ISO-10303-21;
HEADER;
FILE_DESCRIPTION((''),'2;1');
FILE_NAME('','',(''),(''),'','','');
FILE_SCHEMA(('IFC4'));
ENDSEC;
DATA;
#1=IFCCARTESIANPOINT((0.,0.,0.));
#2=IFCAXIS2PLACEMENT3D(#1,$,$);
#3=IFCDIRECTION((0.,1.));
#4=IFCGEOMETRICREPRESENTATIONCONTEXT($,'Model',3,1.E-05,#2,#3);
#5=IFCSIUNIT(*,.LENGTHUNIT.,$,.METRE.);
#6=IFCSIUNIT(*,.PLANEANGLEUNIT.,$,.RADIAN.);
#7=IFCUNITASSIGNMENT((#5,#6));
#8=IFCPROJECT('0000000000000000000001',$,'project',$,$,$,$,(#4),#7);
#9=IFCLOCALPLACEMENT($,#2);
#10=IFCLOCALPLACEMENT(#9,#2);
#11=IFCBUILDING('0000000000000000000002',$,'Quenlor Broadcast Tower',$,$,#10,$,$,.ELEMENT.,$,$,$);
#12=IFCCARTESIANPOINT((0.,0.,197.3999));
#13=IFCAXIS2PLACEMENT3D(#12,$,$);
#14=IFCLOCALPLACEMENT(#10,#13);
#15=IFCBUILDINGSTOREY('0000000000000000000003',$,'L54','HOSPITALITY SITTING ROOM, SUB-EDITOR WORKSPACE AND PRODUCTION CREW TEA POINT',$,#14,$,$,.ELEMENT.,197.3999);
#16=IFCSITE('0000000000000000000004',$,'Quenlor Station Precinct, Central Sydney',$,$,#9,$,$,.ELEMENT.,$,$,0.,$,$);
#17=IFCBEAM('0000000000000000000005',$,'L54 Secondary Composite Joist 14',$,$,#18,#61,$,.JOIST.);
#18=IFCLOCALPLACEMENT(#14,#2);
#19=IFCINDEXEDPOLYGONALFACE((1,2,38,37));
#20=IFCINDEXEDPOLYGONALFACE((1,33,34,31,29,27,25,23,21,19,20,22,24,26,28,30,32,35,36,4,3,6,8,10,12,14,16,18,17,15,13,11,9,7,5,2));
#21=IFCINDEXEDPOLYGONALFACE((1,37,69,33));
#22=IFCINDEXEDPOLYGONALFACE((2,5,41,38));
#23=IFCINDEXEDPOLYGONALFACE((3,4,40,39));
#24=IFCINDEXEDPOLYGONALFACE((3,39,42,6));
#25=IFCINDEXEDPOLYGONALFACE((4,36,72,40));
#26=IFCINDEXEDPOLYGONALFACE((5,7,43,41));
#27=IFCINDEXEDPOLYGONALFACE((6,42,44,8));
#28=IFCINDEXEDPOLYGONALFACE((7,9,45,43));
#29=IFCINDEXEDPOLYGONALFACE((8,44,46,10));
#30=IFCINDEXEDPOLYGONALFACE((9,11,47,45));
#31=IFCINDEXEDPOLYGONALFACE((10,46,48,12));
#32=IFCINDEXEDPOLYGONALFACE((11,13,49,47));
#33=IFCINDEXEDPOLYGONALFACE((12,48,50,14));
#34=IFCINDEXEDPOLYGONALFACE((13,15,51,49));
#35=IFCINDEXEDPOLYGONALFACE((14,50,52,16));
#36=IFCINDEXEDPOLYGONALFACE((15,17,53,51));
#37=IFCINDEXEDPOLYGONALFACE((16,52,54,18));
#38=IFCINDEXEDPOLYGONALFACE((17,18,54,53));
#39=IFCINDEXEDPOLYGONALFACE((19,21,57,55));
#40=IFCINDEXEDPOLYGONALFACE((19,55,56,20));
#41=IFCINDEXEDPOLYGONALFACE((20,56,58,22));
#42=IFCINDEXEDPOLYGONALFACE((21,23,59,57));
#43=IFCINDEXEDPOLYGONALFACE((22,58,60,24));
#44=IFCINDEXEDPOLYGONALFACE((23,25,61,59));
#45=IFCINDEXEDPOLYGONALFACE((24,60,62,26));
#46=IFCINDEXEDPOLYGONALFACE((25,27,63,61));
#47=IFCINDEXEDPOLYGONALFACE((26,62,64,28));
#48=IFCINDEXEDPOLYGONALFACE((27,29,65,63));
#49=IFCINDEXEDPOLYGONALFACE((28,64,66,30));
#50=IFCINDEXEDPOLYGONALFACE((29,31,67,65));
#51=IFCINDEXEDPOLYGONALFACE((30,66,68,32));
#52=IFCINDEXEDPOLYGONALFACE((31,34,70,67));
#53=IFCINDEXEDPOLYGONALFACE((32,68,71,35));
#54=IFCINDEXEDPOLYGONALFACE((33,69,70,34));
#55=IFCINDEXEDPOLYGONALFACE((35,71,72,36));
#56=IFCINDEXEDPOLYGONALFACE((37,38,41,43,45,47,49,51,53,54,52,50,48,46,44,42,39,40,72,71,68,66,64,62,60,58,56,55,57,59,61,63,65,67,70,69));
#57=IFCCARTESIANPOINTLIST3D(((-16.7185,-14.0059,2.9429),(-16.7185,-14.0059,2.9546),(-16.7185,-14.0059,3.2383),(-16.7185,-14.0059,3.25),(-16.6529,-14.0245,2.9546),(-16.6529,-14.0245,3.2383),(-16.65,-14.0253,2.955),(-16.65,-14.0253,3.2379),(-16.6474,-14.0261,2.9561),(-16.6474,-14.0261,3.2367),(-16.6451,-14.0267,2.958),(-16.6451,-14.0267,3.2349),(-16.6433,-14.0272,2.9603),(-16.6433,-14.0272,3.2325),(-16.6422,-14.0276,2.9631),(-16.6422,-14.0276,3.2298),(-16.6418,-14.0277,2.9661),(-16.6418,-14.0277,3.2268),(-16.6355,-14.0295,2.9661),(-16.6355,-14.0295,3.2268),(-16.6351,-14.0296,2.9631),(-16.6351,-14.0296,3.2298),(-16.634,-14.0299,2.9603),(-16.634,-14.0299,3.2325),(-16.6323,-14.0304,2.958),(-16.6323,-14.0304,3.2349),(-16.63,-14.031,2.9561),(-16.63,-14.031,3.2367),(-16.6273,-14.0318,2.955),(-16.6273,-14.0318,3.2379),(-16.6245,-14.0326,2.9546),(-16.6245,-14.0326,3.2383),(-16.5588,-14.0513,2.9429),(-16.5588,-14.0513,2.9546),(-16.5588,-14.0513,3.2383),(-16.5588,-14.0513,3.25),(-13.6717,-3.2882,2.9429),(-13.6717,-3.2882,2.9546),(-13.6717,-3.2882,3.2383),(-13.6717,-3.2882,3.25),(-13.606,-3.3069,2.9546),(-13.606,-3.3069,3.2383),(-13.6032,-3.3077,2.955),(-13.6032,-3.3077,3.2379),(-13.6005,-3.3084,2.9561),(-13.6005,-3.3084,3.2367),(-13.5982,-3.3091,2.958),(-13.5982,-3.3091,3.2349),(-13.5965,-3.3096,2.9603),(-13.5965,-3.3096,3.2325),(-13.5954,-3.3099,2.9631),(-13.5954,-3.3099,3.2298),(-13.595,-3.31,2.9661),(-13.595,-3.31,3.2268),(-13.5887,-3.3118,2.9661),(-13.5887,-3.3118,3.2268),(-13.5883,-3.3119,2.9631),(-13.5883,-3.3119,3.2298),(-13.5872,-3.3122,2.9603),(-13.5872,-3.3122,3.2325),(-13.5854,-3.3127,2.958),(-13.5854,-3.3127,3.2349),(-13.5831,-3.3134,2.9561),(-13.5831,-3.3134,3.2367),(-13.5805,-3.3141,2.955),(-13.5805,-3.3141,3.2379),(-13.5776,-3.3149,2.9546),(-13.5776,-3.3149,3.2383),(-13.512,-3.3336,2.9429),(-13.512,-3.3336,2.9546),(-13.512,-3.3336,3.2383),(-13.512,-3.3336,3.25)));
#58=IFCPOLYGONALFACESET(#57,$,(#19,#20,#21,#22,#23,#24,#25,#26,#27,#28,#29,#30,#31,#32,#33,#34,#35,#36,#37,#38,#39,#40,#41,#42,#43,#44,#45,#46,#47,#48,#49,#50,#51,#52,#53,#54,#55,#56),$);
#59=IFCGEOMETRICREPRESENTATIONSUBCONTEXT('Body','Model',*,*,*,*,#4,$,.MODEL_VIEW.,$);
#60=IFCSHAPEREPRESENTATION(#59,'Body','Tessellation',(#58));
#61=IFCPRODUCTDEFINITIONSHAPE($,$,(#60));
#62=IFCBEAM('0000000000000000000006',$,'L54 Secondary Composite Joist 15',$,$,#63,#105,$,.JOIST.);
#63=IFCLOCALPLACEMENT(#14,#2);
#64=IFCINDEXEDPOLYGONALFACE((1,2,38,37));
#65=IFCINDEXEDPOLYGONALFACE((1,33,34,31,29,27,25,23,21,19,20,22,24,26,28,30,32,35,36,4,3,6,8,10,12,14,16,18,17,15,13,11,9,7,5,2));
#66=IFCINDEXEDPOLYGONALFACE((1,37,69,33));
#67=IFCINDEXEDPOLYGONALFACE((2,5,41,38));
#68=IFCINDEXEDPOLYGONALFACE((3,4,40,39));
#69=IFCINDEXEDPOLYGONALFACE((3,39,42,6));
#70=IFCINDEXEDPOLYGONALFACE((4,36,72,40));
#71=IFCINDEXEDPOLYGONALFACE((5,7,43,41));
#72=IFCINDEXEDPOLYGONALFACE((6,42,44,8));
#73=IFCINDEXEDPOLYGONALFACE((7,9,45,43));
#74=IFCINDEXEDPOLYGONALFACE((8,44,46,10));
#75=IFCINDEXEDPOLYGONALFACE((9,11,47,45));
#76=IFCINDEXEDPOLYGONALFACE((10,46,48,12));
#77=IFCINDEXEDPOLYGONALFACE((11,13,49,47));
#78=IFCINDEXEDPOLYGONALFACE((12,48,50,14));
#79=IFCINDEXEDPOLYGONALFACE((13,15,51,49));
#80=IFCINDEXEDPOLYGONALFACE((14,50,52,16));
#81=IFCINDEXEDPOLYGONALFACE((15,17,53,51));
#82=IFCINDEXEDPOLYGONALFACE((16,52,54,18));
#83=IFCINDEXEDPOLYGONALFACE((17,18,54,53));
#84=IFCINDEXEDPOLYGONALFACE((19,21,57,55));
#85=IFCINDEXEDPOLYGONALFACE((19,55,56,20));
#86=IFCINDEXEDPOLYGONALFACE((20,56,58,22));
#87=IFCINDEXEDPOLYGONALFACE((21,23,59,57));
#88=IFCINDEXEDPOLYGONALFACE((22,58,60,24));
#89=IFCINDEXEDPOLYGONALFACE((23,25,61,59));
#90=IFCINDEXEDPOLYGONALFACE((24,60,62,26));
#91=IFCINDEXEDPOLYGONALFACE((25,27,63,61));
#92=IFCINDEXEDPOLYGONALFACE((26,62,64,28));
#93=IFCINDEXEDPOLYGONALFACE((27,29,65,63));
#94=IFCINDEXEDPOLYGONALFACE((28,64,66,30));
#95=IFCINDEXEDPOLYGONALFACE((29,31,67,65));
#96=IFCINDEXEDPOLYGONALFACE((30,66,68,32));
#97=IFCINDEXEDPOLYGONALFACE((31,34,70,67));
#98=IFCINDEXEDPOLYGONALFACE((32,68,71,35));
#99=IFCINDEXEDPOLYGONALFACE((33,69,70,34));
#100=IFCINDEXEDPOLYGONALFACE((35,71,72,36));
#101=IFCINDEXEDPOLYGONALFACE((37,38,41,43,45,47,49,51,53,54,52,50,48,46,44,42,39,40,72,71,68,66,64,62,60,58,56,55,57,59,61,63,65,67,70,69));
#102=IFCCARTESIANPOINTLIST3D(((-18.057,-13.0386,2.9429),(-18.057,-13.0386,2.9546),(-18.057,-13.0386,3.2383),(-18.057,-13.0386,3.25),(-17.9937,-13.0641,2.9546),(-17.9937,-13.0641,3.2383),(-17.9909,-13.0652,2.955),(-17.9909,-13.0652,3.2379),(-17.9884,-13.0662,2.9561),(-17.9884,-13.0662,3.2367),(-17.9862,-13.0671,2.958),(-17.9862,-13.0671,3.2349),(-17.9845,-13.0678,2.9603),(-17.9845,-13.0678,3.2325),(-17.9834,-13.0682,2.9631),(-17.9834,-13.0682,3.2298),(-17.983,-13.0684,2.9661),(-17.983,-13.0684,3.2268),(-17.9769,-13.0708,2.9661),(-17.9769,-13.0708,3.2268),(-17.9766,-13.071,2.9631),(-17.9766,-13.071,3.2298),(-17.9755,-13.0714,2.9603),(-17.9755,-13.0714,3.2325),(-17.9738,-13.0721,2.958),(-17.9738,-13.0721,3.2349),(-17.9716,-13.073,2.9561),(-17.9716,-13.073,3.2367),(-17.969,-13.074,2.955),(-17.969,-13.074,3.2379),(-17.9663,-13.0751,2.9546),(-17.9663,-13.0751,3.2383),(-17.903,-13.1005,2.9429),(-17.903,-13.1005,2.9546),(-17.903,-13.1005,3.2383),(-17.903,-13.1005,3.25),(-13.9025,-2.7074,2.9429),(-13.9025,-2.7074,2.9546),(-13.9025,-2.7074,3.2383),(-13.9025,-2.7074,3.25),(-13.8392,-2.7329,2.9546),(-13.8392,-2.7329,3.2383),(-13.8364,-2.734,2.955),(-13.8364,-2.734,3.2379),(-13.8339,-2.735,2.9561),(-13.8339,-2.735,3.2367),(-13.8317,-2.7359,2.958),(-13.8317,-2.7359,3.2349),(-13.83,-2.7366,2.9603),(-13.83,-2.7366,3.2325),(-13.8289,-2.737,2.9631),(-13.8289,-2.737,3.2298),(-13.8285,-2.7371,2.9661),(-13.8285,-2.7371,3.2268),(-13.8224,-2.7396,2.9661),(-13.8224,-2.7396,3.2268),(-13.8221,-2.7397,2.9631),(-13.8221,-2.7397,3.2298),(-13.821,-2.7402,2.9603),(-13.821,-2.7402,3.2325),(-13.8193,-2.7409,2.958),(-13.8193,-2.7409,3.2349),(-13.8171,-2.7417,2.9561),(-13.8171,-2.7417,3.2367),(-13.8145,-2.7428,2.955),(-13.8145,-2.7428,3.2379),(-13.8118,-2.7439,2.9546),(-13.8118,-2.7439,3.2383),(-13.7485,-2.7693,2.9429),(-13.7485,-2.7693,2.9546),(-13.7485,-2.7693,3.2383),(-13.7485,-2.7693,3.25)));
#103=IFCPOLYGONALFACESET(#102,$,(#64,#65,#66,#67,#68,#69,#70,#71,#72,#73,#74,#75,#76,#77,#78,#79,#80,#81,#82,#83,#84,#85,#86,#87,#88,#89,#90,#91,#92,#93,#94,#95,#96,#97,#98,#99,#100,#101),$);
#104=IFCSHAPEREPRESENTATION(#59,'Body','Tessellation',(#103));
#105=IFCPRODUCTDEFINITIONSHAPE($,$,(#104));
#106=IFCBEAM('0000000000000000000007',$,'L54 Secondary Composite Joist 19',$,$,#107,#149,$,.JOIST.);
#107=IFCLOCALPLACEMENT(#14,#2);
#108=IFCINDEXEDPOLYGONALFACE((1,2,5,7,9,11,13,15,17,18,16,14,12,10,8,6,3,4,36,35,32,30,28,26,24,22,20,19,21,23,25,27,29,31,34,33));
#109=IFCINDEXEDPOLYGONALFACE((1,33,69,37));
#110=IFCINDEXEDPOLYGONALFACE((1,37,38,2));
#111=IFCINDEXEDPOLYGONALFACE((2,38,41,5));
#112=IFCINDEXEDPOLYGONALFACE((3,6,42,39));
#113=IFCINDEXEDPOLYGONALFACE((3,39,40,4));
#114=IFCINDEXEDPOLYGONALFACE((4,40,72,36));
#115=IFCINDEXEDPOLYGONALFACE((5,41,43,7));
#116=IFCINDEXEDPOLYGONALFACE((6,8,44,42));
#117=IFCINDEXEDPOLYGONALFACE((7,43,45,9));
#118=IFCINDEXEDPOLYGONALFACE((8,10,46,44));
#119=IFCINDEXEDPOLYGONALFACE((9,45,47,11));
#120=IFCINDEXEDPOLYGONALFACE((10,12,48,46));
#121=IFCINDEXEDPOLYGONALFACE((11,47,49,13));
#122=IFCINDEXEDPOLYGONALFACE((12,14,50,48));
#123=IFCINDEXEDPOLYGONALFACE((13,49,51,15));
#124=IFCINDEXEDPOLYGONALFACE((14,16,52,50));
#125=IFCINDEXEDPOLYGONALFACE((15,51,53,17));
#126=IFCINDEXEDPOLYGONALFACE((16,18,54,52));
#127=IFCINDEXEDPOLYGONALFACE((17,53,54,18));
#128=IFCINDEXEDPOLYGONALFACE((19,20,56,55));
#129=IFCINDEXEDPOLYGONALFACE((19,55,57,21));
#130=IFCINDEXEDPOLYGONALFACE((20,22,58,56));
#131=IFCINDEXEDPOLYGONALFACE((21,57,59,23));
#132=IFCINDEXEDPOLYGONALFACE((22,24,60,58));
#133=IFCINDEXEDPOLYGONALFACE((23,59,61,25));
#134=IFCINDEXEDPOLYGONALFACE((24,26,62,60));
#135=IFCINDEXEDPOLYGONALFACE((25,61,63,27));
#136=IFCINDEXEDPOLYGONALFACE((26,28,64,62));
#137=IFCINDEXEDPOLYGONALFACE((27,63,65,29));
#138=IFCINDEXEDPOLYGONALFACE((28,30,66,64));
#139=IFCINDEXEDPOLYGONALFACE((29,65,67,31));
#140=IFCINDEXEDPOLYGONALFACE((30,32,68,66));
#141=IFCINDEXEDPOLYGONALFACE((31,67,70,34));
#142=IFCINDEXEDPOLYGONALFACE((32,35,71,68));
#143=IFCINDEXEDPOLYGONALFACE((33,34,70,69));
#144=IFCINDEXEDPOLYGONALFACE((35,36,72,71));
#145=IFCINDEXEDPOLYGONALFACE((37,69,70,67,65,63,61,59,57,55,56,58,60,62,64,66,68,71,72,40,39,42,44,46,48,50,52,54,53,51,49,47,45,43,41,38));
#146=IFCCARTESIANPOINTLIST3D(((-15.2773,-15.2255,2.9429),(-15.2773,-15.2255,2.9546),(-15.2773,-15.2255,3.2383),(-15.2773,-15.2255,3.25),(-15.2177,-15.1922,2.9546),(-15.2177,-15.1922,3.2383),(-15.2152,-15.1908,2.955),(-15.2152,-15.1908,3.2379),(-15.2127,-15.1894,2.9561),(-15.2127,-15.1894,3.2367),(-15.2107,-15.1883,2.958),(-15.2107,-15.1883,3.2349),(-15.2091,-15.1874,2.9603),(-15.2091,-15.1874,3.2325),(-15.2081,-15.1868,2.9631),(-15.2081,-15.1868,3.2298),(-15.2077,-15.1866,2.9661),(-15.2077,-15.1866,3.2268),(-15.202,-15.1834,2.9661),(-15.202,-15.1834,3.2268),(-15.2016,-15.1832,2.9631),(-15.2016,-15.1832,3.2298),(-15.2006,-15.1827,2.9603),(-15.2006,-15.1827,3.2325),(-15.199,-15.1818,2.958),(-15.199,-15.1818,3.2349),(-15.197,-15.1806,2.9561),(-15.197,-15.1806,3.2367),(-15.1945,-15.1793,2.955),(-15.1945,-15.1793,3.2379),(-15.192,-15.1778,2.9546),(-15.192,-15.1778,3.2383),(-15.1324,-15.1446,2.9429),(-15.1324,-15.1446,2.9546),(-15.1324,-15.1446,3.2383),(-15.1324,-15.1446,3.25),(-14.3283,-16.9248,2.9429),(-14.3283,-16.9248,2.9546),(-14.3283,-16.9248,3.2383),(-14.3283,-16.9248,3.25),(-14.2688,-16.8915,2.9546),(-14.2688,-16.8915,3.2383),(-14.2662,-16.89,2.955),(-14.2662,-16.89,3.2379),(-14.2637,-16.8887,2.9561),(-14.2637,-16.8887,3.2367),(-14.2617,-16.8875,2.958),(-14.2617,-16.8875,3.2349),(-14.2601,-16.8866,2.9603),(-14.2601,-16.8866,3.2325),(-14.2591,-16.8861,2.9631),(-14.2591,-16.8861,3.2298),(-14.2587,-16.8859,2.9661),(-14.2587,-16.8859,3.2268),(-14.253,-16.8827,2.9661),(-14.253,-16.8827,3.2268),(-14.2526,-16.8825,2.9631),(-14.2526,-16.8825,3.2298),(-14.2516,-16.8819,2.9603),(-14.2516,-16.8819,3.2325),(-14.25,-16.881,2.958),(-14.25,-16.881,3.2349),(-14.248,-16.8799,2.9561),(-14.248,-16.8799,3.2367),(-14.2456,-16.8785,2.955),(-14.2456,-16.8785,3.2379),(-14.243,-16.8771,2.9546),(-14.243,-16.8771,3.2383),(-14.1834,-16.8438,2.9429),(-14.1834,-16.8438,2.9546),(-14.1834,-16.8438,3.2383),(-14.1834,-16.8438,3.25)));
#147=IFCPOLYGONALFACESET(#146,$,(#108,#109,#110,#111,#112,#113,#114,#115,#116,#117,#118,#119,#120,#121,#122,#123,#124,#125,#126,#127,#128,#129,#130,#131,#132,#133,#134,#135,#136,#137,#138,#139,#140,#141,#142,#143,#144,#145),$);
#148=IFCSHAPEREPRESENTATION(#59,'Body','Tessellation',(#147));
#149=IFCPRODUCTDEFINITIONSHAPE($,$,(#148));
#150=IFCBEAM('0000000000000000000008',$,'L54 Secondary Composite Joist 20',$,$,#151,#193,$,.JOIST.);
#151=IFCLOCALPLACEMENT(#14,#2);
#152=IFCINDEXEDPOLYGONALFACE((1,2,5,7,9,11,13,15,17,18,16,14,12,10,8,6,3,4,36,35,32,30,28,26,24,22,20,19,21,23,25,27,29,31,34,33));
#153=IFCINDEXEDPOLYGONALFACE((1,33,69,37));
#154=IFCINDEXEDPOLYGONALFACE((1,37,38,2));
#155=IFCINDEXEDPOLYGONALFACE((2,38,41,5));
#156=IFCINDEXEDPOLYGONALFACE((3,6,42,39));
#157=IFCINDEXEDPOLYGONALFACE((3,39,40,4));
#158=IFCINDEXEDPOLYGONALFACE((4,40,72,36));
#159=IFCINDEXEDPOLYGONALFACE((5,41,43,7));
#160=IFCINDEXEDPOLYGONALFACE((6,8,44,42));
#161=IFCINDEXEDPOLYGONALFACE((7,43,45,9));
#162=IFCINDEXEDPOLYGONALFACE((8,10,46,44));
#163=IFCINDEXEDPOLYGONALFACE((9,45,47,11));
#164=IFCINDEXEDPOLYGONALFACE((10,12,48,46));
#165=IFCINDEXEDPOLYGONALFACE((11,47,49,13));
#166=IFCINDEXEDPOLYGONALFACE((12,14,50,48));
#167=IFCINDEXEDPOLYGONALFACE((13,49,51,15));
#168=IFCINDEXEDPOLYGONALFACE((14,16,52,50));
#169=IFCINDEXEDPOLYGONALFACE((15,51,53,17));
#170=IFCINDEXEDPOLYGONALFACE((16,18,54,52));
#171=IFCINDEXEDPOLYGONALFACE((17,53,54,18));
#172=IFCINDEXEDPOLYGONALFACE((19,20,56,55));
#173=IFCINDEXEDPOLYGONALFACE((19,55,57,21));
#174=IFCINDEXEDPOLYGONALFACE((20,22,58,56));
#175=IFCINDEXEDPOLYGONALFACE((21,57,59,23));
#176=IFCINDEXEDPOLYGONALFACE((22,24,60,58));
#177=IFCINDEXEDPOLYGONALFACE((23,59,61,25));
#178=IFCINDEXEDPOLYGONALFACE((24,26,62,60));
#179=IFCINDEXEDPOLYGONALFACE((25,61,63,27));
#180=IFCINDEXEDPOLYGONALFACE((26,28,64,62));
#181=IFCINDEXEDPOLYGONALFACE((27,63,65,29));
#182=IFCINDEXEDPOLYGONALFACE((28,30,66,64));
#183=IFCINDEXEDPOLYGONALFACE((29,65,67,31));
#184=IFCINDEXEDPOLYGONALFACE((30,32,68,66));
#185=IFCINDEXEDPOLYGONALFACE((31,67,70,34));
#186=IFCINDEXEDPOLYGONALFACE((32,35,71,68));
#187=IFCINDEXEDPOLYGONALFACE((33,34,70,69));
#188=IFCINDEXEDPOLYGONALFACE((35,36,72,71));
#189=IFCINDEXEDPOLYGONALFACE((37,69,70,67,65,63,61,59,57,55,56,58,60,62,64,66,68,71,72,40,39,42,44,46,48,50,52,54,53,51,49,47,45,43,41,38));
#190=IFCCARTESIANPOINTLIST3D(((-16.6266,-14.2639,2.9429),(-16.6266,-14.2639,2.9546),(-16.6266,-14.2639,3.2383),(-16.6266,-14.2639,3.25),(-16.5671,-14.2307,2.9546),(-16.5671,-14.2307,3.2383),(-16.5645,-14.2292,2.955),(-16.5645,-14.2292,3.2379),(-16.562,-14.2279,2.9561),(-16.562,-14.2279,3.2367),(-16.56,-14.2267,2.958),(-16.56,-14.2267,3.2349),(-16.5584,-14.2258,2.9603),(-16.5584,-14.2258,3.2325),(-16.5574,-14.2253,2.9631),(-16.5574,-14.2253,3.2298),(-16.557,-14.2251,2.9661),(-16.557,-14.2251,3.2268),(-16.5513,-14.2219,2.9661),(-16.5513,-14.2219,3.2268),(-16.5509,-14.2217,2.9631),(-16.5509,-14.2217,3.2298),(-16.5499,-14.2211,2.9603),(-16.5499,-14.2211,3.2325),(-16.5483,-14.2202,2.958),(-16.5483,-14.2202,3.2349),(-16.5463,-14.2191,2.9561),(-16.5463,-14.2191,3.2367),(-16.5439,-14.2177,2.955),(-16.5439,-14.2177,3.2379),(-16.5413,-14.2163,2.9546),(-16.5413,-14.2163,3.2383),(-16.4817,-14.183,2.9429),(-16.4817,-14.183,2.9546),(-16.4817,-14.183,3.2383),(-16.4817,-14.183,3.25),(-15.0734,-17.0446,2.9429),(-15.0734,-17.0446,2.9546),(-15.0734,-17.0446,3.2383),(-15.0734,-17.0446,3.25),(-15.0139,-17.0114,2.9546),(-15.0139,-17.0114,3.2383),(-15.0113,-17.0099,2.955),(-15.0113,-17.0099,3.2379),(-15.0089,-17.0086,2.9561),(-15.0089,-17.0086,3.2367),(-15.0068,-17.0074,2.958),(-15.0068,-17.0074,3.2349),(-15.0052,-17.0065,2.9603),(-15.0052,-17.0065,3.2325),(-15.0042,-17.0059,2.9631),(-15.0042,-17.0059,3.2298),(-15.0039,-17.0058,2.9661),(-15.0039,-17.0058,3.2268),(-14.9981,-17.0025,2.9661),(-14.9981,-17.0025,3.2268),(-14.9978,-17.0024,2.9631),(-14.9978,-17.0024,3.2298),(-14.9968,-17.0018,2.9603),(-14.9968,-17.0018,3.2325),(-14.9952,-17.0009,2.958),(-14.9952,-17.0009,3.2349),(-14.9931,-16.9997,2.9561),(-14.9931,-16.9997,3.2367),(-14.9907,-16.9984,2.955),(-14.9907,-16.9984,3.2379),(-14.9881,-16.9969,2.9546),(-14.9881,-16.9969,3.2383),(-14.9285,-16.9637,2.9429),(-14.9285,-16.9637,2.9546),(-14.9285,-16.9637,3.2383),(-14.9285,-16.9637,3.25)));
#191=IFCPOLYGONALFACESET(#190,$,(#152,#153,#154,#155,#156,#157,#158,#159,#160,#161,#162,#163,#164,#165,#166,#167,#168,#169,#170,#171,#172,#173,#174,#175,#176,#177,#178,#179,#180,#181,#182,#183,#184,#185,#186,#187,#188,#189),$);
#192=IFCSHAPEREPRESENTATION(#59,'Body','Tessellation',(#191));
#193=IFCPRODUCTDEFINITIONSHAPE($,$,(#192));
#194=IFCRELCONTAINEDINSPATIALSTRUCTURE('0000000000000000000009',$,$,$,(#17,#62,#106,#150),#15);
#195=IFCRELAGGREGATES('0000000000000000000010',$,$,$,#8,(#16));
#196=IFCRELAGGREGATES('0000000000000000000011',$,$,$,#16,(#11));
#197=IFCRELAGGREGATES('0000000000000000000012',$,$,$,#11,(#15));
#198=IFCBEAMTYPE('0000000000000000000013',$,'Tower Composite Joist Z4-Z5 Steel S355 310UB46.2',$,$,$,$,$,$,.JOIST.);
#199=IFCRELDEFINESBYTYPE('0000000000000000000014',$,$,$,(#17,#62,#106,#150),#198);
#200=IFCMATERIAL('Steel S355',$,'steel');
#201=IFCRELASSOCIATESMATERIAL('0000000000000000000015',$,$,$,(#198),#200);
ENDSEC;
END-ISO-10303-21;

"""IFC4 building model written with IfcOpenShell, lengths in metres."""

from ifc_helpers import new_model, si_unit, direction, frame, origin, origin_2d, place, context, subcontext, project, spatial, i_section, extrude, material, material_profile, profile_set, type_object, element, save


model = new_model("IFC4")

# Units and contexts
model_context = context("Model", 3, precision=1e-05, world=origin(), true_north=direction((0.0, 1.0)))
body_context = subcontext(model_context, "Body", "Model", "MODEL_VIEW")
ifc_project = project(units=[si_unit("LENGTHUNIT", "METRE"), si_unit("PLANEANGLEUNIT", "RADIAN")], contexts=[model_context])

# Site, building, storey
site_placement = place(None, origin())
site = spatial("IfcSite", under=ifc_project, at=site_placement, Name="Quenlor Station Precinct, Central Sydney", CompositionType="ELEMENT", RefElevation=0.0)
building_placement = place(site_placement, origin())
building = spatial("IfcBuilding", under=site, at=building_placement, Name="Quenlor Broadcast Tower", CompositionType="ELEMENT")
storey_placement = place(building_placement, frame((0.0, 0.0, 197.3999)))
storey = spatial("IfcBuildingStorey", under=building, at=storey_placement, Name="L54", Description="HOSPITALITY SITTING ROOM, SUB-EDITOR WORKSPACE AND PRODUCTION CREW TEA POINT", CompositionType="ELEMENT", Elevation=197.3999)

# Beams
ifc_material_1 = material(Name="Steel S355", Category="steel")
ifc_material_profile_1 = material_profile(ifc_material_1, i_section(OverallWidth=0.166, OverallDepth=0.3071, WebThickness=0.0066, FlangeThickness=0.0117, FilletRadius=0.0115, at=origin_2d()))
ifc_profile_set_1 = profile_set([ifc_material_profile_1], Name="Steel S355 310UB46.2")
beam_type_1 = type_object("IfcBeamType", Name="Tower Composite Joist Z4-Z5 Steel S355 310UB46.2", PredefinedType="JOIST", material=ifc_profile_set_1)
beam_1_placement = place(storey_placement, frame((-16.6387, -14.0286, 3.0964), z_axis=(0.273448, 0.961887, 0.0), x_axis=(-0.961887, 0.273448, 0.0)))
element("IfcBeam", 1, at=beam_1_placement, inside=storey, type_object=beam_type_1, Name="L54 Secondary Composite Joist 14", PredefinedType="JOIST", context=body_context, shape_type="SweptSolid", body=[
    extrude(i_section(OverallWidth=0.166, OverallDepth=0.3071, WebThickness=0.0066, FlangeThickness=0.0117, FilletRadius=0.0115, at=origin_2d()), origin(), (0.0, 0.0, 1.0), 11.1423),
])
beam_2_placement = place(storey_placement, frame((-17.98, -13.0696, 3.0964), z_axis=(0.373095, 0.927793, 0.0), x_axis=(-0.927793, 0.373095, 0.0)))
element("IfcBeam", 2, at=beam_2_placement, inside=storey, type_object=beam_type_1, Name="L54 Secondary Composite Joist 15", PredefinedType="JOIST", context=body_context, shape_type="SweptSolid", body=[
    extrude(i_section(OverallWidth=0.166, OverallDepth=0.3071, WebThickness=0.0066, FlangeThickness=0.0117, FilletRadius=0.0115, at=origin_2d()), origin(), (0.0, 0.0, 1.0), 11.1353),
])
beam_3_placement = place(storey_placement, frame((-14.2559, -16.8843, 3.0964), z_axis=(-0.487591, 0.873072, 0.0), x_axis=(-0.873072, -0.487591, 0.0)))
element("IfcBeam", 3, at=beam_3_placement, inside=storey, type_object=beam_type_1, Name="L54 Secondary Composite Joist 19", PredefinedType="JOIST", context=body_context, shape_type="SweptSolid", body=[
    extrude(i_section(OverallWidth=0.166, OverallDepth=0.3071, WebThickness=0.0066, FlangeThickness=0.0117, FilletRadius=0.0115, at=origin_2d()), origin(), (0.0, 0.0, 1.0), 1.9463),
])
beam_4_placement = place(storey_placement, frame((-15.001, -17.0042, 3.0964), z_axis=(-0.487646, 0.873041, 0.0), x_axis=(-0.873041, -0.487646, 0.0)))
element("IfcBeam", 4, at=beam_4_placement, inside=storey, type_object=beam_type_1, Name="L54 Secondary Composite Joist 20", PredefinedType="JOIST", context=body_context, shape_type="SweptSolid", body=[
    extrude(i_section(OverallWidth=0.166, OverallDepth=0.3071, WebThickness=0.0066, FlangeThickness=0.0117, FilletRadius=0.0115, at=origin_2d()), origin(), (0.0, 0.0, 1.0), 3.1851),
])

save(model, "model.ifc")
